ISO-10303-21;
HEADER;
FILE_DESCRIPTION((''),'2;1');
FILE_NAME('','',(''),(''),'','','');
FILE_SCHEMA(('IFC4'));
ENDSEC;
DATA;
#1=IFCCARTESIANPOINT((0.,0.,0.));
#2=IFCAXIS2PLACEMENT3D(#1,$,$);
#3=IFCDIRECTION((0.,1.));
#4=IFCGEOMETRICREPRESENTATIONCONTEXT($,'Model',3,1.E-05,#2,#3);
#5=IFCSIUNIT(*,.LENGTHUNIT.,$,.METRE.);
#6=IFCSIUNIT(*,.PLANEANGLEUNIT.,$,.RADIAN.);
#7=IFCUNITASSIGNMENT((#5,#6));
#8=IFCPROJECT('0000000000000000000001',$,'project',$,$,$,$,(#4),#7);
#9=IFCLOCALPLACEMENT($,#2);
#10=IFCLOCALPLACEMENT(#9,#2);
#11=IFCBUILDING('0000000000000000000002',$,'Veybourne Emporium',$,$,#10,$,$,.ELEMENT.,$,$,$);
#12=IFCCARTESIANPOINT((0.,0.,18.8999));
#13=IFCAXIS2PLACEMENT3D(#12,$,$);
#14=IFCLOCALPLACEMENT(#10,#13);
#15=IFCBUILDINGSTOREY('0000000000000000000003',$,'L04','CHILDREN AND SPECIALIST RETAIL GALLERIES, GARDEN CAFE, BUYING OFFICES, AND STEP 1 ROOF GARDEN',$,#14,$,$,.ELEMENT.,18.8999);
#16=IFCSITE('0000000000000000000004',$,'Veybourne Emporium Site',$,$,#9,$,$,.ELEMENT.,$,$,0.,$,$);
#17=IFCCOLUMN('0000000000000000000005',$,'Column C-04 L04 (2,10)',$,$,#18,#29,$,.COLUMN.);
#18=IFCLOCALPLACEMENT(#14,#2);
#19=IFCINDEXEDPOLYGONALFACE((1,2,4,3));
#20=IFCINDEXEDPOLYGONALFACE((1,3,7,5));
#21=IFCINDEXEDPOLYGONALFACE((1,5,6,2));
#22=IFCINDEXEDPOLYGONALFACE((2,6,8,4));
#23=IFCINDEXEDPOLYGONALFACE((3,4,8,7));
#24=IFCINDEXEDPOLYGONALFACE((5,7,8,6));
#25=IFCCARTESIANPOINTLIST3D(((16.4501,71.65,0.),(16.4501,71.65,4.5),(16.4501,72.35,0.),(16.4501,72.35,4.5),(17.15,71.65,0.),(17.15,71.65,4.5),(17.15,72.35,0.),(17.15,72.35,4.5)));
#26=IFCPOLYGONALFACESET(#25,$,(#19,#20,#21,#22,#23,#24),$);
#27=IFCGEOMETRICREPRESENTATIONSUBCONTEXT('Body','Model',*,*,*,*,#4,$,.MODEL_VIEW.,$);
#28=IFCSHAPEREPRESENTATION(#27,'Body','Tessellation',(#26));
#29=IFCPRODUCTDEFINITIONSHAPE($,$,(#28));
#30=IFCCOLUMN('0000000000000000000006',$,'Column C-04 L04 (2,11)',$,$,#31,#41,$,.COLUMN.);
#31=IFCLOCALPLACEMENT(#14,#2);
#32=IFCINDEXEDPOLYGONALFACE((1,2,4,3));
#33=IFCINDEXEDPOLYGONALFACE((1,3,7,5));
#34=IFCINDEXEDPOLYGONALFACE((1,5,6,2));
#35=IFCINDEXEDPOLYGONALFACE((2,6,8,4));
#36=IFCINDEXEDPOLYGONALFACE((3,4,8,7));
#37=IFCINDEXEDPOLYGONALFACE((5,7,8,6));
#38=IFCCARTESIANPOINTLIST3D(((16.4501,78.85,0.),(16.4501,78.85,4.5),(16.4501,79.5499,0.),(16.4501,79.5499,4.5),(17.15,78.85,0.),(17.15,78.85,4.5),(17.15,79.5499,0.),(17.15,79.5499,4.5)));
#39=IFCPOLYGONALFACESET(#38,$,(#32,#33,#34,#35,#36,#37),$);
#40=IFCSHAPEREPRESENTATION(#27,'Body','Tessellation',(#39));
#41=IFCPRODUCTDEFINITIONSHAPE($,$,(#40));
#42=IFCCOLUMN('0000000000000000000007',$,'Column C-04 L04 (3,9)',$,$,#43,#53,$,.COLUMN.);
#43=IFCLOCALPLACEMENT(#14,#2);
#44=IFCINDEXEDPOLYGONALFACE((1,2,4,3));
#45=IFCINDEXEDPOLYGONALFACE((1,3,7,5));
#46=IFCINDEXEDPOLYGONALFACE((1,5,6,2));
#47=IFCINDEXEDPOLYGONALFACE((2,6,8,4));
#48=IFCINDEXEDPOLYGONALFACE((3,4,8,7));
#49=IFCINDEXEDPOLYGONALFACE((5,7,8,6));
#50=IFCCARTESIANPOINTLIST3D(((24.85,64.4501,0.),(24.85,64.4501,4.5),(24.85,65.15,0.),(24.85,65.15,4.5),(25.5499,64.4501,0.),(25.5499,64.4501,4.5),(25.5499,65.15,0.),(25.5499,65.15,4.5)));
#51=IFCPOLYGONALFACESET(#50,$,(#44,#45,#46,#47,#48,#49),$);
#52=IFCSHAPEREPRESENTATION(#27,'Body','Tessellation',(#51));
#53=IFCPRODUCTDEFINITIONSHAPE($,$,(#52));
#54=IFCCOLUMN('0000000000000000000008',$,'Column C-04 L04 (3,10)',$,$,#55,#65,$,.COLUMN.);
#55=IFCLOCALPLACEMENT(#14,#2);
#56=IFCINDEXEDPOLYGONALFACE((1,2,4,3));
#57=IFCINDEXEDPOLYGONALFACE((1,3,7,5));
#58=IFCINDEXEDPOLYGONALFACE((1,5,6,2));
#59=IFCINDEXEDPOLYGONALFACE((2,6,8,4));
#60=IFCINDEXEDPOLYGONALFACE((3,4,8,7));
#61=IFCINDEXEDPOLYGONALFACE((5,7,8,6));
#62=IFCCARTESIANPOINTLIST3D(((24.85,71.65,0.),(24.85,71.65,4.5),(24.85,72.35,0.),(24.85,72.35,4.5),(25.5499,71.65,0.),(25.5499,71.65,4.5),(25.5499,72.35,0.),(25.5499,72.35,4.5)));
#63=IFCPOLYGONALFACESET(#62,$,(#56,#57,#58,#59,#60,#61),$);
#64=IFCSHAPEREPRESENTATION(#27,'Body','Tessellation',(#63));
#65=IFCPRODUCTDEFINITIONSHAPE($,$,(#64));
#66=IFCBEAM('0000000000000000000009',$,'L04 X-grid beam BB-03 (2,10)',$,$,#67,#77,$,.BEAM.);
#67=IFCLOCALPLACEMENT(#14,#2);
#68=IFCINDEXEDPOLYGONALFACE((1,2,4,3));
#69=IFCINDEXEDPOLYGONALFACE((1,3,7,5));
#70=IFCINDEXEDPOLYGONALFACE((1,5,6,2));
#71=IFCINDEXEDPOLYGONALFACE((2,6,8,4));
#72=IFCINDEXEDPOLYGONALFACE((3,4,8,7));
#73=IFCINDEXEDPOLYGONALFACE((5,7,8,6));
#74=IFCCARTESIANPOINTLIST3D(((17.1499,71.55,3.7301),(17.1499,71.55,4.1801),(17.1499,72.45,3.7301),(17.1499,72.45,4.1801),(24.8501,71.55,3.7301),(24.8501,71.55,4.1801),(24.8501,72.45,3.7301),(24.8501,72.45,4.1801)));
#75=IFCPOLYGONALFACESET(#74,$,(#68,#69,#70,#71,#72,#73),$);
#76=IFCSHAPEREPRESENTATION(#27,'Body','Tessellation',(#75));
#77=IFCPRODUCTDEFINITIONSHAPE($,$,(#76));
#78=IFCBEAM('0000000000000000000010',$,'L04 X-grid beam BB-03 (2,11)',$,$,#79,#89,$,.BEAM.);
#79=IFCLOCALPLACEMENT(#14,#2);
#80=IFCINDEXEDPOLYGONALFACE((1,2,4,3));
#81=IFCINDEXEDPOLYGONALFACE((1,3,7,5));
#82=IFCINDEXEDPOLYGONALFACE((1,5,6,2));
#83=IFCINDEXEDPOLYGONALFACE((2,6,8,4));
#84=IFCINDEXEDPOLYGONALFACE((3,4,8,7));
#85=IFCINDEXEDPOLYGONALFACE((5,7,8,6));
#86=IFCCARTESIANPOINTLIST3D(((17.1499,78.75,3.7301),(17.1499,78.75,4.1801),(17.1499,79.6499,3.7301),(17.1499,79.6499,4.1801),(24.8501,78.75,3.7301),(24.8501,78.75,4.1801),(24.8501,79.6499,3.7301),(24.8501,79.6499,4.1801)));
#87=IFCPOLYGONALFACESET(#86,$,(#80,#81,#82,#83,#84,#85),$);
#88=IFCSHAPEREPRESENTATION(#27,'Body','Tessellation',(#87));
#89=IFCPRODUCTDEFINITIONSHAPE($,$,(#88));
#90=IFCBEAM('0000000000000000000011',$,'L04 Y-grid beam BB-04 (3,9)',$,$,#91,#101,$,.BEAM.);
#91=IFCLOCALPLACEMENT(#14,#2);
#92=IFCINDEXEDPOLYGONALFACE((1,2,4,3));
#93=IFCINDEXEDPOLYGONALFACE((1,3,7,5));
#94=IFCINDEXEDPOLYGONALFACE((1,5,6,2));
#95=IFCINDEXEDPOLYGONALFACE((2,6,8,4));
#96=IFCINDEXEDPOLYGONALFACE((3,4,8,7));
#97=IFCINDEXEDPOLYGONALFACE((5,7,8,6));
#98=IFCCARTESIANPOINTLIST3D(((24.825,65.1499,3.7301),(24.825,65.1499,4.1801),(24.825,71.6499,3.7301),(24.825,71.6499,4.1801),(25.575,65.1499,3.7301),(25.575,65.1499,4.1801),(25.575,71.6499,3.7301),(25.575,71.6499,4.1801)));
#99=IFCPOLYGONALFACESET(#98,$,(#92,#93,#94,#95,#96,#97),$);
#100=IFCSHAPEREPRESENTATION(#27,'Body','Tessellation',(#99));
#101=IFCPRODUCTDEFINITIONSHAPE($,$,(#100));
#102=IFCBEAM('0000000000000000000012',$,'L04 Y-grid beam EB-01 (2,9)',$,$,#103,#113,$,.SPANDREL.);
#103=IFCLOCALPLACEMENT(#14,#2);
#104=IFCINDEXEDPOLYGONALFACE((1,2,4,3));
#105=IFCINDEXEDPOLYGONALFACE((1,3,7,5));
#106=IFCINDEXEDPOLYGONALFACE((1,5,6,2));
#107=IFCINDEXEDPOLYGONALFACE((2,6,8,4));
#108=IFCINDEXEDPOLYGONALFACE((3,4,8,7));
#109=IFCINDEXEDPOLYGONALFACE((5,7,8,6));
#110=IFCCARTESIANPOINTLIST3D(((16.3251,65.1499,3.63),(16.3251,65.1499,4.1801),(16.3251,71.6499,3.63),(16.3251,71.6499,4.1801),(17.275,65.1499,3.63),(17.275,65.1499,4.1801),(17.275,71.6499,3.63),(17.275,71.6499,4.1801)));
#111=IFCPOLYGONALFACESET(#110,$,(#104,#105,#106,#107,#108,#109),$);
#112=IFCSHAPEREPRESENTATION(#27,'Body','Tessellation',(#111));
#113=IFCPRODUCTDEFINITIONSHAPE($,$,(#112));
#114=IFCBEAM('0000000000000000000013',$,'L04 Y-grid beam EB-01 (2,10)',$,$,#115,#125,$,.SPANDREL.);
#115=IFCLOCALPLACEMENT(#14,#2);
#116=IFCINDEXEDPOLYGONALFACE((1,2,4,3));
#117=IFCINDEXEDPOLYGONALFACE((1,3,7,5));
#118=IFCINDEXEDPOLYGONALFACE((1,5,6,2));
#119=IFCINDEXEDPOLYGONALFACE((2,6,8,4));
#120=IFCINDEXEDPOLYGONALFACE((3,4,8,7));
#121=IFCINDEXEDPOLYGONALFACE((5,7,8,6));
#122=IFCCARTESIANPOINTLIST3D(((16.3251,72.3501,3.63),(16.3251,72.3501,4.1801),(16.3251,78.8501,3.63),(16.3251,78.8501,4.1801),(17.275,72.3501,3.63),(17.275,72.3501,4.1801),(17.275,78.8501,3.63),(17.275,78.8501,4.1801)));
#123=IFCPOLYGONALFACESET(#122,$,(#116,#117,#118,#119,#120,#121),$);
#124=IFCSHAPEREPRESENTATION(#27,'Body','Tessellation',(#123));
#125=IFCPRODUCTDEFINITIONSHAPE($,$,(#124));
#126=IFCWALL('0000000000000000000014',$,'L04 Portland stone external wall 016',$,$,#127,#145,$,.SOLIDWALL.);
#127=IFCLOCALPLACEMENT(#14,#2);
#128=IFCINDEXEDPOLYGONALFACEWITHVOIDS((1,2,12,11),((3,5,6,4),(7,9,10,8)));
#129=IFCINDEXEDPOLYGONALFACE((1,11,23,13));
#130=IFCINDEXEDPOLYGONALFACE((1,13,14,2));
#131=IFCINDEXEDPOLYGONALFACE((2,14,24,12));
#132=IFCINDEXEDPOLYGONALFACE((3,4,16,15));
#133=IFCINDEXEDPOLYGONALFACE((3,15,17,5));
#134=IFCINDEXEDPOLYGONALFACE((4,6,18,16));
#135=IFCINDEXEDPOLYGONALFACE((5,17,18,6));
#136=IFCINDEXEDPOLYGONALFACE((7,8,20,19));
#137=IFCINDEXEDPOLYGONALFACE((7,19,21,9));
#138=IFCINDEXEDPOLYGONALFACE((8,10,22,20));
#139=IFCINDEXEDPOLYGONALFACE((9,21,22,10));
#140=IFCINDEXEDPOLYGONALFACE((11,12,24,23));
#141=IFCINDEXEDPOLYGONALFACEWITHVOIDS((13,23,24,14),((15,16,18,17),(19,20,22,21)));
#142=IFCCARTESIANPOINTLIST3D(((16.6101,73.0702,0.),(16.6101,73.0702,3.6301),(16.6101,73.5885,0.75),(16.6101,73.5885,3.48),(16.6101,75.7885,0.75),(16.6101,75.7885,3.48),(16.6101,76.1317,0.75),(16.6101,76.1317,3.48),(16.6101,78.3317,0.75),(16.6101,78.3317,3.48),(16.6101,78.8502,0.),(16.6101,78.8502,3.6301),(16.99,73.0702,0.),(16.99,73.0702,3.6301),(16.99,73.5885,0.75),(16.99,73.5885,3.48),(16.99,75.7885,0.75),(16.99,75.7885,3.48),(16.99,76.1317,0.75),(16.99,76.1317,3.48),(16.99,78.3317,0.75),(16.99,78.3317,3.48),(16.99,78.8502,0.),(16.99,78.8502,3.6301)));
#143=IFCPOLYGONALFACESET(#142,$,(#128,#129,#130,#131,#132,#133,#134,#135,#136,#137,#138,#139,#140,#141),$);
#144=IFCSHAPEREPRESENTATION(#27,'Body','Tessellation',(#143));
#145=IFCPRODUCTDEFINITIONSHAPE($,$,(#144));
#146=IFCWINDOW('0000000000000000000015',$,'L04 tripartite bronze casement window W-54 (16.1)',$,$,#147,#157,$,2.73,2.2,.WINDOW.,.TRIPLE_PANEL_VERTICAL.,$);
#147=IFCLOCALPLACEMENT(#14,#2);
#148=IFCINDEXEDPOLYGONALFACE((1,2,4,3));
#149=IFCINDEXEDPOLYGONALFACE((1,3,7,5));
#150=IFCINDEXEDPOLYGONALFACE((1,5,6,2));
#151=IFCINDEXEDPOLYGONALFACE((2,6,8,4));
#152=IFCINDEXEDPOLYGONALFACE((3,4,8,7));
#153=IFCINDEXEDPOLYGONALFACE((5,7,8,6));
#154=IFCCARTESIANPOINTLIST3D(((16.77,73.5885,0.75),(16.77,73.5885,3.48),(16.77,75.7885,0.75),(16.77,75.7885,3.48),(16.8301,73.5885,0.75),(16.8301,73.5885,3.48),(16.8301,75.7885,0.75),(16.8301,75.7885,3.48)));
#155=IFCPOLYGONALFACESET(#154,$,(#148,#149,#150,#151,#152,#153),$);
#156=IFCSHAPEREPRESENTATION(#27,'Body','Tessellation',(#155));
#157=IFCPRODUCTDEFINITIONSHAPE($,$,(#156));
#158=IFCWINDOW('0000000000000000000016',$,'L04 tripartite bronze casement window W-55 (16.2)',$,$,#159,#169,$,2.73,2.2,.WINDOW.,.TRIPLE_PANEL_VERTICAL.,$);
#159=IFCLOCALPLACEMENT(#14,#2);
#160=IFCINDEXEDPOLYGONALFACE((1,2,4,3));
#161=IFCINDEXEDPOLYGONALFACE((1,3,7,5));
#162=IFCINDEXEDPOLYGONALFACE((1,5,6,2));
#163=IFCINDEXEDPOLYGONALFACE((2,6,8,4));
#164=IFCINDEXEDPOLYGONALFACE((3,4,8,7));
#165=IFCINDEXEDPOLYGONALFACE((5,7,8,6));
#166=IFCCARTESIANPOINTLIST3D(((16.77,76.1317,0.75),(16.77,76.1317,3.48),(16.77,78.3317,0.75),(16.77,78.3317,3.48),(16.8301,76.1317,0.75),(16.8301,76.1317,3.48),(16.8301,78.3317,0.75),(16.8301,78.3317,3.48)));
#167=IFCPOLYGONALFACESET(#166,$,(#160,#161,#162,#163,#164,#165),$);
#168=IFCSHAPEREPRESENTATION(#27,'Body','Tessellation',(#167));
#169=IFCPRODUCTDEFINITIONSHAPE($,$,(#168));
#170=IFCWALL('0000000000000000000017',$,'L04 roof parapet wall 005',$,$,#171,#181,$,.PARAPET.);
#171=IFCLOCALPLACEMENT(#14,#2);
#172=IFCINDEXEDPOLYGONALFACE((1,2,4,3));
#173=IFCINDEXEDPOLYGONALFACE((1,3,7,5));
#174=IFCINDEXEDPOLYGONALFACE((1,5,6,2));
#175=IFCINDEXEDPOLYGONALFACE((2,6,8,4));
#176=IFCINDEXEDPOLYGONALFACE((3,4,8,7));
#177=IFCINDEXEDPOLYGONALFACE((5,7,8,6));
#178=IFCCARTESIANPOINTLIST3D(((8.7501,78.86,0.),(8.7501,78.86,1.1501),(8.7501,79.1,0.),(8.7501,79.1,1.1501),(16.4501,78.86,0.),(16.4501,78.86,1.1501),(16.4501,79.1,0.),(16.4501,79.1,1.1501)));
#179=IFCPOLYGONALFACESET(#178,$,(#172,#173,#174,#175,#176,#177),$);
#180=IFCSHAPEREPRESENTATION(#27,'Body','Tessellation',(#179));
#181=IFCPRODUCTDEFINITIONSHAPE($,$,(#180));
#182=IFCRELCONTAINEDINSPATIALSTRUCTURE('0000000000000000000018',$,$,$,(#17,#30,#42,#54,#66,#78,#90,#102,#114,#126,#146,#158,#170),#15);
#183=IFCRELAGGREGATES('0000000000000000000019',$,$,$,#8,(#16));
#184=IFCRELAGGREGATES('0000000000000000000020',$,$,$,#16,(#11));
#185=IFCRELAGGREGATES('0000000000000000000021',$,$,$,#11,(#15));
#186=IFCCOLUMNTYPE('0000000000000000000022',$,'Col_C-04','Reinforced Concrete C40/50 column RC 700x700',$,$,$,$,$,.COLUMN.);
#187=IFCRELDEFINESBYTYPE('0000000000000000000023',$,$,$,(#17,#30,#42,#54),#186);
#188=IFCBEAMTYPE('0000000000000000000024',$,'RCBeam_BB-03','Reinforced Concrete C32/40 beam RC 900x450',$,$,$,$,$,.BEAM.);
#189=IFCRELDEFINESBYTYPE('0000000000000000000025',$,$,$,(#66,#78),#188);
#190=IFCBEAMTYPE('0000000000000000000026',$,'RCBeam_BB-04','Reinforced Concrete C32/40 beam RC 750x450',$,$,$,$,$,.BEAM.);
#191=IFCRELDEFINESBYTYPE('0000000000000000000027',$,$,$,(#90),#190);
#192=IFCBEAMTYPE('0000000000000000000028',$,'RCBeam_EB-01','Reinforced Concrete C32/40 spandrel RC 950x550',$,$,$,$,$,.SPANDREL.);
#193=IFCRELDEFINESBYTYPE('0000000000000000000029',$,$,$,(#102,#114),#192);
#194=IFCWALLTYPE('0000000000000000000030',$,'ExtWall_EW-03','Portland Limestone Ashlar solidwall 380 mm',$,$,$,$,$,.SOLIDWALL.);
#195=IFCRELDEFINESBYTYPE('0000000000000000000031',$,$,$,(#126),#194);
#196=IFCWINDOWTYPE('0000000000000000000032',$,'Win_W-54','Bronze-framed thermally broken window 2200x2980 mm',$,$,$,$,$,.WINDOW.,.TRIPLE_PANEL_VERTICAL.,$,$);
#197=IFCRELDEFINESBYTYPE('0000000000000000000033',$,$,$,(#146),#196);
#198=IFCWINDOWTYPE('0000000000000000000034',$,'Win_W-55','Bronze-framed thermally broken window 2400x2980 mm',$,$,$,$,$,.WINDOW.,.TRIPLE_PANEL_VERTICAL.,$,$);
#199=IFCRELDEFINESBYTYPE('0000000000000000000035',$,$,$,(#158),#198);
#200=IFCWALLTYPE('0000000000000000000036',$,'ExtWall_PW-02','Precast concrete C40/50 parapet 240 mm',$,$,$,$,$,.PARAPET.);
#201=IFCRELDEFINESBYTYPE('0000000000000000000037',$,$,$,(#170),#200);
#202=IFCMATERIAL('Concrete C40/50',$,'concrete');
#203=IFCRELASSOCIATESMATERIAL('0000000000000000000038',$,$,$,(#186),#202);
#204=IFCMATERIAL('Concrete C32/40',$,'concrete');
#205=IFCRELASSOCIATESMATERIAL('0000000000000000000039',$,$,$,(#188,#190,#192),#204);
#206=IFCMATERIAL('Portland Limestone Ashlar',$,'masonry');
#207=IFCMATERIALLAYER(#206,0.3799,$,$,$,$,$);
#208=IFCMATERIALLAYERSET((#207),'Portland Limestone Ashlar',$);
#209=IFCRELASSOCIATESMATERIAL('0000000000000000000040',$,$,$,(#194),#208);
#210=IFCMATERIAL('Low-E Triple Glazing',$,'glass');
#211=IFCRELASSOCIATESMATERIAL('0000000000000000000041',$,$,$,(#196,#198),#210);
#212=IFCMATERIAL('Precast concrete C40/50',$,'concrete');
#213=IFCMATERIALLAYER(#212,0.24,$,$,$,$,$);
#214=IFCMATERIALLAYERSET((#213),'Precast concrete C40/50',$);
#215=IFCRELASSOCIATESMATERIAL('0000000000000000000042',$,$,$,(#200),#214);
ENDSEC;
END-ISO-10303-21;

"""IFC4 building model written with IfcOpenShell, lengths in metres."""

from ifc_helpers import new_model, si_unit, direction, frame, frame_2d, origin, origin_2d, place, context, subcontext, project, spatial, rectangle, extrude, material, layer, layer_set, material_profile, profile_set, type_object, element, fill, save


model = new_model("IFC4")

# Units and contexts
model_context = context("Model", 3, precision=1e-05, world=origin(), true_north=direction((0.0, 1.0)))
body_context = subcontext(model_context, "Body", "Model", "MODEL_VIEW")
ifc_project = project(units=[si_unit("LENGTHUNIT", "METRE"), si_unit("PLANEANGLEUNIT", "RADIAN")], contexts=[model_context])

# Site, building, storey
site_placement = place(None, origin())
site = spatial("IfcSite", under=ifc_project, at=site_placement, Name="Veybourne Emporium Site", CompositionType="ELEMENT", RefElevation=0.0)
building_placement = place(site_placement, origin())
building = spatial("IfcBuilding", under=site, at=building_placement, Name="Veybourne Emporium", CompositionType="ELEMENT")
storey_placement = place(building_placement, frame((0.0, 0.0, 18.8999)))
storey = spatial("IfcBuildingStorey", under=building, at=storey_placement, Name="L04", Description="CHILDREN AND SPECIALIST RETAIL GALLERIES, GARDEN CAFE, BUYING OFFICES, AND STEP 1 ROOF GARDEN", CompositionType="ELEMENT", Elevation=18.8999)

# Columns
ifc_material_1 = material(Name="Concrete C40/50", Category="concrete")
ifc_material_profile_1 = material_profile(ifc_material_1, rectangle(XDim=0.7, YDim=0.7, at=origin_2d()), Name="RC 700x700")
ifc_profile_set_1 = profile_set([ifc_material_profile_1], Name="Concrete C40/50")
column_type = type_object("IfcColumnType", Name="Col_C-04", Description="Reinforced Concrete C40/50 column RC 700x700", PredefinedType="COLUMN", material=ifc_profile_set_1)
for number, where, z_axis, x_axis, name in (
    (1, (16.8, 72.0, 0.0), (0.0, 0.0, 1.0), (1.0, 0.0, 0.0), "Column C-04 L04 (2,10)"),
    (2, (16.8, 79.2, 0.0), (0.0, 0.0, 1.0), (1.0, 0.0, 0.0), "Column C-04 L04 (2,11)"),
    (3, (25.2, 64.8, 0.0), (0.0, 0.0, 1.0), (1.0, 0.0, 0.0), "Column C-04 L04 (3,9)"),
    (4, (25.2, 72.0, 0.0), (0.0, 0.0, 1.0), (1.0, 0.0, 0.0), "Column C-04 L04 (3,10)"),
):
    element("IfcColumn", number, at=place(storey_placement, frame(where, z_axis=z_axis, x_axis=x_axis)), inside=storey, type_object=column_type, Name=name, PredefinedType="COLUMN", context=body_context, shape_type="SweptSolid", body=[
        extrude(rectangle(XDim=0.7, YDim=0.7, at=origin_2d()), origin(), (0.0, 0.0, 1.0), 4.5),
    ])

# Beams
ifc_material_2 = material(Name="Concrete C32/40", Category="concrete")
ifc_material_profile_2 = material_profile(ifc_material_2, rectangle(XDim=0.8999, YDim=0.45, at=origin_2d()), Name="RC 900x450")
ifc_profile_set_2 = profile_set([ifc_material_profile_2], Name="Concrete C32/40")
beam_type_1 = type_object("IfcBeamType", Name="RCBeam_BB-03", Description="Reinforced Concrete C32/40 beam RC 900x450", PredefinedType="BEAM", material=ifc_profile_set_2)
for number, where, z_axis, x_axis, name in (
    (5, (17.1499, 72.0, 3.9551), (1.0, 0.0, 0.0), (0.0, 1.0, 0.0), "L04 X-grid beam BB-03 (2,10)"),
    (6, (17.1499, 79.2, 3.9551), (1.0, 0.0, 0.0), (0.0, 1.0, 0.0), "L04 X-grid beam BB-03 (2,11)"),
):
    element("IfcBeam", number, at=place(storey_placement, frame(where, z_axis=z_axis, x_axis=x_axis)), inside=storey, type_object=beam_type_1, Name=name, PredefinedType="BEAM", context=body_context, shape_type="SweptSolid", body=[
        extrude(rectangle(XDim=0.8999, YDim=0.45, at=origin_2d()), origin(), (0.0, 0.0, 1.0), 7.7002),
    ])
ifc_material_profile_3 = material_profile(ifc_material_2, rectangle(XDim=0.75, YDim=0.45, at=origin_2d()), Name="RC 750x450")
ifc_profile_set_3 = profile_set([ifc_material_profile_3], Name="Concrete C32/40")
beam_type_2 = type_object("IfcBeamType", Name="RCBeam_BB-04", Description="Reinforced Concrete C32/40 beam RC 750x450", PredefinedType="BEAM", material=ifc_profile_set_3)
beam_placement = place(storey_placement, frame((25.2, 65.1499, 3.9551), z_axis=(0.0, 1.0, 0.0), x_axis=(-1.0, 0.0, 0.0)))
element("IfcBeam", 7, at=beam_placement, inside=storey, type_object=beam_type_2, Name="L04 Y-grid beam BB-04 (3,9)", PredefinedType="BEAM", context=body_context, shape_type="SweptSolid", body=[
    extrude(rectangle(XDim=0.75, YDim=0.45, at=origin_2d()), origin(), (0.0, 0.0, 1.0), 6.5),
])
ifc_material_profile_4 = material_profile(ifc_material_2, rectangle(XDim=0.95, YDim=0.55, at=origin_2d()), Name="RC 950x550")
ifc_profile_set_4 = profile_set([ifc_material_profile_4], Name="Concrete C32/40")
beam_type_3 = type_object("IfcBeamType", Name="RCBeam_EB-01", Description="Reinforced Concrete C32/40 spandrel RC 950x550", PredefinedType="SPANDREL", material=ifc_profile_set_4)
for number, where, z_axis, x_axis, name in (
    (8, (16.8, 65.1499, 3.905), (0.0, 1.0, 0.0), (-1.0, 0.0, 0.0), "L04 Y-grid beam EB-01 (2,9)"),
    (9, (16.8, 72.3501, 3.905), (0.0, 1.0, 0.0), (-1.0, 0.0, 0.0), "L04 Y-grid beam EB-01 (2,10)"),
):
    element("IfcBeam", number, at=place(storey_placement, frame(where, z_axis=z_axis, x_axis=x_axis)), inside=storey, type_object=beam_type_3, Name=name, PredefinedType="SPANDREL", context=body_context, shape_type="SweptSolid", body=[
        extrude(rectangle(XDim=0.95, YDim=0.55, at=origin_2d()), origin(), (0.0, 0.0, 1.0), 6.5),
    ])

# Wall, openings, windows
ifc_material_3 = material(Name="Portland Limestone Ashlar", Category="masonry")
ifc_layer_1 = layer(ifc_material_3, 0.3799)
ifc_layer_set_1 = layer_set([ifc_layer_1], Name="Portland Limestone Ashlar")
wall_type_1 = type_object("IfcWallType", Name="ExtWall_EW-03", Description="Portland Limestone Ashlar solidwall 380 mm", PredefinedType="SOLIDWALL", material=ifc_layer_set_1)
wall_1_placement = place(storey_placement, frame((16.8, 73.0701, 0.0), z_axis=(0.0, 0.0, 1.0), x_axis=(0.0, 1.0, 0.0)))
wall_1 = element("IfcWall", 10, at=wall_1_placement, inside=storey, type_object=wall_type_1, Name="L04 Portland stone external wall 016", PredefinedType="SOLIDWALL", context=body_context, shape_type="SweptSolid", body=[
    extrude(rectangle(XDim=5.78, YDim=0.3799, at=frame_2d((2.8901, 0.0))), origin(), (0.0, 0.0, 1.0), 3.6301),
])
opening_1_placement = place(wall_1_placement, frame((0.5183, 0.0, 0.75)))
opening_1 = element("IfcOpeningElement", 11, at=opening_1_placement, cuts=wall_1, PredefinedType="OPENING", context=body_context, shape_type="SweptSolid", body=[
    extrude(rectangle(XDim=2.2, YDim=2.73, at=frame_2d((1.1001, 1.365))), frame((0.0, 0.21, 0.0), z_axis=(0.0, -1.0, 0.0), x_axis=(1.0, 0.0, 0.0)), (0.0, 0.0, 1.0), 0.4199),
])
opening_2_placement = place(wall_1_placement, frame((3.0615, 0.0, 0.75)))
opening_2 = element("IfcOpeningElement", 12, at=opening_2_placement, cuts=wall_1, PredefinedType="OPENING", context=body_context, shape_type="SweptSolid", body=[
    extrude(rectangle(XDim=2.2, YDim=2.73, at=frame_2d((1.1001, 1.365))), frame((0.0, 0.21, 0.0), z_axis=(0.0, -1.0, 0.0), x_axis=(1.0, 0.0, 0.0)), (0.0, 0.0, 1.0), 0.4199),
])
ifc_material_4 = material(Name="Low-E Triple Glazing", Category="glass")
window_type_1 = type_object("IfcWindowType", Name="Win_W-54", Description="Bronze-framed thermally broken window 2200x2980 mm", PartitioningType="TRIPLE_PANEL_VERTICAL", PredefinedType="WINDOW", material=ifc_material_4)
window_1_placement = place(opening_1_placement, origin())
window_1 = element("IfcWindow", 13, at=window_1_placement, inside=storey, type_object=window_type_1, Name="L04 tripartite bronze casement window W-54 (16.1)", OverallHeight=2.73, OverallWidth=2.2, PartitioningType="TRIPLE_PANEL_VERTICAL", PredefinedType="WINDOW", context=body_context, shape_type="SweptSolid", body=[
    extrude(rectangle(XDim=2.2, YDim=2.73, at=frame_2d((1.1001, 1.365))), frame((0.0, 0.03, 0.0), z_axis=(0.0, -1.0, 0.0), x_axis=(1.0, 0.0, 0.0)), (0.0, 0.0, 1.0), 0.0601),
])
fill(opening_1, window_1)
window_type_2 = type_object("IfcWindowType", Name="Win_W-55", Description="Bronze-framed thermally broken window 2400x2980 mm", PartitioningType="TRIPLE_PANEL_VERTICAL", PredefinedType="WINDOW", material=ifc_material_4)
window_2_placement = place(opening_2_placement, origin())
window_2 = element("IfcWindow", 14, at=window_2_placement, inside=storey, type_object=window_type_2, Name="L04 tripartite bronze casement window W-55 (16.2)", OverallHeight=2.73, OverallWidth=2.2, PartitioningType="TRIPLE_PANEL_VERTICAL", PredefinedType="WINDOW", context=body_context, shape_type="SweptSolid", body=[
    extrude(rectangle(XDim=2.2, YDim=2.73, at=frame_2d((1.1001, 1.365))), frame((0.0, 0.03, 0.0), z_axis=(0.0, -1.0, 0.0), x_axis=(1.0, 0.0, 0.0)), (0.0, 0.0, 1.0), 0.0601),
])
fill(opening_2, window_2)

# Wall
ifc_material_5 = material(Name="Precast concrete C40/50", Category="concrete")
ifc_layer_2 = layer(ifc_material_5, 0.24)
ifc_layer_set_2 = layer_set([ifc_layer_2], Name="Precast concrete C40/50")
wall_type_2 = type_object("IfcWallType", Name="ExtWall_PW-02", Description="Precast concrete C40/50 parapet 240 mm", PredefinedType="PARAPET", material=ifc_layer_set_2)
wall_2_placement = place(storey_placement, frame((8.75, 78.98, 0.0), z_axis=(0.0, 0.0, 1.0), x_axis=(1.0, 0.0, 0.0)))
element("IfcWall", 15, at=wall_2_placement, inside=storey, type_object=wall_type_2, Name="L04 roof parapet wall 005", PredefinedType="PARAPET", context=body_context, shape_type="SweptSolid", body=[
    extrude(rectangle(XDim=7.7, YDim=0.24, at=frame_2d((3.8501, 0.0))), origin(), (0.0, 0.0, 1.0), 1.1501),
])

save(model, "model.ifc")
